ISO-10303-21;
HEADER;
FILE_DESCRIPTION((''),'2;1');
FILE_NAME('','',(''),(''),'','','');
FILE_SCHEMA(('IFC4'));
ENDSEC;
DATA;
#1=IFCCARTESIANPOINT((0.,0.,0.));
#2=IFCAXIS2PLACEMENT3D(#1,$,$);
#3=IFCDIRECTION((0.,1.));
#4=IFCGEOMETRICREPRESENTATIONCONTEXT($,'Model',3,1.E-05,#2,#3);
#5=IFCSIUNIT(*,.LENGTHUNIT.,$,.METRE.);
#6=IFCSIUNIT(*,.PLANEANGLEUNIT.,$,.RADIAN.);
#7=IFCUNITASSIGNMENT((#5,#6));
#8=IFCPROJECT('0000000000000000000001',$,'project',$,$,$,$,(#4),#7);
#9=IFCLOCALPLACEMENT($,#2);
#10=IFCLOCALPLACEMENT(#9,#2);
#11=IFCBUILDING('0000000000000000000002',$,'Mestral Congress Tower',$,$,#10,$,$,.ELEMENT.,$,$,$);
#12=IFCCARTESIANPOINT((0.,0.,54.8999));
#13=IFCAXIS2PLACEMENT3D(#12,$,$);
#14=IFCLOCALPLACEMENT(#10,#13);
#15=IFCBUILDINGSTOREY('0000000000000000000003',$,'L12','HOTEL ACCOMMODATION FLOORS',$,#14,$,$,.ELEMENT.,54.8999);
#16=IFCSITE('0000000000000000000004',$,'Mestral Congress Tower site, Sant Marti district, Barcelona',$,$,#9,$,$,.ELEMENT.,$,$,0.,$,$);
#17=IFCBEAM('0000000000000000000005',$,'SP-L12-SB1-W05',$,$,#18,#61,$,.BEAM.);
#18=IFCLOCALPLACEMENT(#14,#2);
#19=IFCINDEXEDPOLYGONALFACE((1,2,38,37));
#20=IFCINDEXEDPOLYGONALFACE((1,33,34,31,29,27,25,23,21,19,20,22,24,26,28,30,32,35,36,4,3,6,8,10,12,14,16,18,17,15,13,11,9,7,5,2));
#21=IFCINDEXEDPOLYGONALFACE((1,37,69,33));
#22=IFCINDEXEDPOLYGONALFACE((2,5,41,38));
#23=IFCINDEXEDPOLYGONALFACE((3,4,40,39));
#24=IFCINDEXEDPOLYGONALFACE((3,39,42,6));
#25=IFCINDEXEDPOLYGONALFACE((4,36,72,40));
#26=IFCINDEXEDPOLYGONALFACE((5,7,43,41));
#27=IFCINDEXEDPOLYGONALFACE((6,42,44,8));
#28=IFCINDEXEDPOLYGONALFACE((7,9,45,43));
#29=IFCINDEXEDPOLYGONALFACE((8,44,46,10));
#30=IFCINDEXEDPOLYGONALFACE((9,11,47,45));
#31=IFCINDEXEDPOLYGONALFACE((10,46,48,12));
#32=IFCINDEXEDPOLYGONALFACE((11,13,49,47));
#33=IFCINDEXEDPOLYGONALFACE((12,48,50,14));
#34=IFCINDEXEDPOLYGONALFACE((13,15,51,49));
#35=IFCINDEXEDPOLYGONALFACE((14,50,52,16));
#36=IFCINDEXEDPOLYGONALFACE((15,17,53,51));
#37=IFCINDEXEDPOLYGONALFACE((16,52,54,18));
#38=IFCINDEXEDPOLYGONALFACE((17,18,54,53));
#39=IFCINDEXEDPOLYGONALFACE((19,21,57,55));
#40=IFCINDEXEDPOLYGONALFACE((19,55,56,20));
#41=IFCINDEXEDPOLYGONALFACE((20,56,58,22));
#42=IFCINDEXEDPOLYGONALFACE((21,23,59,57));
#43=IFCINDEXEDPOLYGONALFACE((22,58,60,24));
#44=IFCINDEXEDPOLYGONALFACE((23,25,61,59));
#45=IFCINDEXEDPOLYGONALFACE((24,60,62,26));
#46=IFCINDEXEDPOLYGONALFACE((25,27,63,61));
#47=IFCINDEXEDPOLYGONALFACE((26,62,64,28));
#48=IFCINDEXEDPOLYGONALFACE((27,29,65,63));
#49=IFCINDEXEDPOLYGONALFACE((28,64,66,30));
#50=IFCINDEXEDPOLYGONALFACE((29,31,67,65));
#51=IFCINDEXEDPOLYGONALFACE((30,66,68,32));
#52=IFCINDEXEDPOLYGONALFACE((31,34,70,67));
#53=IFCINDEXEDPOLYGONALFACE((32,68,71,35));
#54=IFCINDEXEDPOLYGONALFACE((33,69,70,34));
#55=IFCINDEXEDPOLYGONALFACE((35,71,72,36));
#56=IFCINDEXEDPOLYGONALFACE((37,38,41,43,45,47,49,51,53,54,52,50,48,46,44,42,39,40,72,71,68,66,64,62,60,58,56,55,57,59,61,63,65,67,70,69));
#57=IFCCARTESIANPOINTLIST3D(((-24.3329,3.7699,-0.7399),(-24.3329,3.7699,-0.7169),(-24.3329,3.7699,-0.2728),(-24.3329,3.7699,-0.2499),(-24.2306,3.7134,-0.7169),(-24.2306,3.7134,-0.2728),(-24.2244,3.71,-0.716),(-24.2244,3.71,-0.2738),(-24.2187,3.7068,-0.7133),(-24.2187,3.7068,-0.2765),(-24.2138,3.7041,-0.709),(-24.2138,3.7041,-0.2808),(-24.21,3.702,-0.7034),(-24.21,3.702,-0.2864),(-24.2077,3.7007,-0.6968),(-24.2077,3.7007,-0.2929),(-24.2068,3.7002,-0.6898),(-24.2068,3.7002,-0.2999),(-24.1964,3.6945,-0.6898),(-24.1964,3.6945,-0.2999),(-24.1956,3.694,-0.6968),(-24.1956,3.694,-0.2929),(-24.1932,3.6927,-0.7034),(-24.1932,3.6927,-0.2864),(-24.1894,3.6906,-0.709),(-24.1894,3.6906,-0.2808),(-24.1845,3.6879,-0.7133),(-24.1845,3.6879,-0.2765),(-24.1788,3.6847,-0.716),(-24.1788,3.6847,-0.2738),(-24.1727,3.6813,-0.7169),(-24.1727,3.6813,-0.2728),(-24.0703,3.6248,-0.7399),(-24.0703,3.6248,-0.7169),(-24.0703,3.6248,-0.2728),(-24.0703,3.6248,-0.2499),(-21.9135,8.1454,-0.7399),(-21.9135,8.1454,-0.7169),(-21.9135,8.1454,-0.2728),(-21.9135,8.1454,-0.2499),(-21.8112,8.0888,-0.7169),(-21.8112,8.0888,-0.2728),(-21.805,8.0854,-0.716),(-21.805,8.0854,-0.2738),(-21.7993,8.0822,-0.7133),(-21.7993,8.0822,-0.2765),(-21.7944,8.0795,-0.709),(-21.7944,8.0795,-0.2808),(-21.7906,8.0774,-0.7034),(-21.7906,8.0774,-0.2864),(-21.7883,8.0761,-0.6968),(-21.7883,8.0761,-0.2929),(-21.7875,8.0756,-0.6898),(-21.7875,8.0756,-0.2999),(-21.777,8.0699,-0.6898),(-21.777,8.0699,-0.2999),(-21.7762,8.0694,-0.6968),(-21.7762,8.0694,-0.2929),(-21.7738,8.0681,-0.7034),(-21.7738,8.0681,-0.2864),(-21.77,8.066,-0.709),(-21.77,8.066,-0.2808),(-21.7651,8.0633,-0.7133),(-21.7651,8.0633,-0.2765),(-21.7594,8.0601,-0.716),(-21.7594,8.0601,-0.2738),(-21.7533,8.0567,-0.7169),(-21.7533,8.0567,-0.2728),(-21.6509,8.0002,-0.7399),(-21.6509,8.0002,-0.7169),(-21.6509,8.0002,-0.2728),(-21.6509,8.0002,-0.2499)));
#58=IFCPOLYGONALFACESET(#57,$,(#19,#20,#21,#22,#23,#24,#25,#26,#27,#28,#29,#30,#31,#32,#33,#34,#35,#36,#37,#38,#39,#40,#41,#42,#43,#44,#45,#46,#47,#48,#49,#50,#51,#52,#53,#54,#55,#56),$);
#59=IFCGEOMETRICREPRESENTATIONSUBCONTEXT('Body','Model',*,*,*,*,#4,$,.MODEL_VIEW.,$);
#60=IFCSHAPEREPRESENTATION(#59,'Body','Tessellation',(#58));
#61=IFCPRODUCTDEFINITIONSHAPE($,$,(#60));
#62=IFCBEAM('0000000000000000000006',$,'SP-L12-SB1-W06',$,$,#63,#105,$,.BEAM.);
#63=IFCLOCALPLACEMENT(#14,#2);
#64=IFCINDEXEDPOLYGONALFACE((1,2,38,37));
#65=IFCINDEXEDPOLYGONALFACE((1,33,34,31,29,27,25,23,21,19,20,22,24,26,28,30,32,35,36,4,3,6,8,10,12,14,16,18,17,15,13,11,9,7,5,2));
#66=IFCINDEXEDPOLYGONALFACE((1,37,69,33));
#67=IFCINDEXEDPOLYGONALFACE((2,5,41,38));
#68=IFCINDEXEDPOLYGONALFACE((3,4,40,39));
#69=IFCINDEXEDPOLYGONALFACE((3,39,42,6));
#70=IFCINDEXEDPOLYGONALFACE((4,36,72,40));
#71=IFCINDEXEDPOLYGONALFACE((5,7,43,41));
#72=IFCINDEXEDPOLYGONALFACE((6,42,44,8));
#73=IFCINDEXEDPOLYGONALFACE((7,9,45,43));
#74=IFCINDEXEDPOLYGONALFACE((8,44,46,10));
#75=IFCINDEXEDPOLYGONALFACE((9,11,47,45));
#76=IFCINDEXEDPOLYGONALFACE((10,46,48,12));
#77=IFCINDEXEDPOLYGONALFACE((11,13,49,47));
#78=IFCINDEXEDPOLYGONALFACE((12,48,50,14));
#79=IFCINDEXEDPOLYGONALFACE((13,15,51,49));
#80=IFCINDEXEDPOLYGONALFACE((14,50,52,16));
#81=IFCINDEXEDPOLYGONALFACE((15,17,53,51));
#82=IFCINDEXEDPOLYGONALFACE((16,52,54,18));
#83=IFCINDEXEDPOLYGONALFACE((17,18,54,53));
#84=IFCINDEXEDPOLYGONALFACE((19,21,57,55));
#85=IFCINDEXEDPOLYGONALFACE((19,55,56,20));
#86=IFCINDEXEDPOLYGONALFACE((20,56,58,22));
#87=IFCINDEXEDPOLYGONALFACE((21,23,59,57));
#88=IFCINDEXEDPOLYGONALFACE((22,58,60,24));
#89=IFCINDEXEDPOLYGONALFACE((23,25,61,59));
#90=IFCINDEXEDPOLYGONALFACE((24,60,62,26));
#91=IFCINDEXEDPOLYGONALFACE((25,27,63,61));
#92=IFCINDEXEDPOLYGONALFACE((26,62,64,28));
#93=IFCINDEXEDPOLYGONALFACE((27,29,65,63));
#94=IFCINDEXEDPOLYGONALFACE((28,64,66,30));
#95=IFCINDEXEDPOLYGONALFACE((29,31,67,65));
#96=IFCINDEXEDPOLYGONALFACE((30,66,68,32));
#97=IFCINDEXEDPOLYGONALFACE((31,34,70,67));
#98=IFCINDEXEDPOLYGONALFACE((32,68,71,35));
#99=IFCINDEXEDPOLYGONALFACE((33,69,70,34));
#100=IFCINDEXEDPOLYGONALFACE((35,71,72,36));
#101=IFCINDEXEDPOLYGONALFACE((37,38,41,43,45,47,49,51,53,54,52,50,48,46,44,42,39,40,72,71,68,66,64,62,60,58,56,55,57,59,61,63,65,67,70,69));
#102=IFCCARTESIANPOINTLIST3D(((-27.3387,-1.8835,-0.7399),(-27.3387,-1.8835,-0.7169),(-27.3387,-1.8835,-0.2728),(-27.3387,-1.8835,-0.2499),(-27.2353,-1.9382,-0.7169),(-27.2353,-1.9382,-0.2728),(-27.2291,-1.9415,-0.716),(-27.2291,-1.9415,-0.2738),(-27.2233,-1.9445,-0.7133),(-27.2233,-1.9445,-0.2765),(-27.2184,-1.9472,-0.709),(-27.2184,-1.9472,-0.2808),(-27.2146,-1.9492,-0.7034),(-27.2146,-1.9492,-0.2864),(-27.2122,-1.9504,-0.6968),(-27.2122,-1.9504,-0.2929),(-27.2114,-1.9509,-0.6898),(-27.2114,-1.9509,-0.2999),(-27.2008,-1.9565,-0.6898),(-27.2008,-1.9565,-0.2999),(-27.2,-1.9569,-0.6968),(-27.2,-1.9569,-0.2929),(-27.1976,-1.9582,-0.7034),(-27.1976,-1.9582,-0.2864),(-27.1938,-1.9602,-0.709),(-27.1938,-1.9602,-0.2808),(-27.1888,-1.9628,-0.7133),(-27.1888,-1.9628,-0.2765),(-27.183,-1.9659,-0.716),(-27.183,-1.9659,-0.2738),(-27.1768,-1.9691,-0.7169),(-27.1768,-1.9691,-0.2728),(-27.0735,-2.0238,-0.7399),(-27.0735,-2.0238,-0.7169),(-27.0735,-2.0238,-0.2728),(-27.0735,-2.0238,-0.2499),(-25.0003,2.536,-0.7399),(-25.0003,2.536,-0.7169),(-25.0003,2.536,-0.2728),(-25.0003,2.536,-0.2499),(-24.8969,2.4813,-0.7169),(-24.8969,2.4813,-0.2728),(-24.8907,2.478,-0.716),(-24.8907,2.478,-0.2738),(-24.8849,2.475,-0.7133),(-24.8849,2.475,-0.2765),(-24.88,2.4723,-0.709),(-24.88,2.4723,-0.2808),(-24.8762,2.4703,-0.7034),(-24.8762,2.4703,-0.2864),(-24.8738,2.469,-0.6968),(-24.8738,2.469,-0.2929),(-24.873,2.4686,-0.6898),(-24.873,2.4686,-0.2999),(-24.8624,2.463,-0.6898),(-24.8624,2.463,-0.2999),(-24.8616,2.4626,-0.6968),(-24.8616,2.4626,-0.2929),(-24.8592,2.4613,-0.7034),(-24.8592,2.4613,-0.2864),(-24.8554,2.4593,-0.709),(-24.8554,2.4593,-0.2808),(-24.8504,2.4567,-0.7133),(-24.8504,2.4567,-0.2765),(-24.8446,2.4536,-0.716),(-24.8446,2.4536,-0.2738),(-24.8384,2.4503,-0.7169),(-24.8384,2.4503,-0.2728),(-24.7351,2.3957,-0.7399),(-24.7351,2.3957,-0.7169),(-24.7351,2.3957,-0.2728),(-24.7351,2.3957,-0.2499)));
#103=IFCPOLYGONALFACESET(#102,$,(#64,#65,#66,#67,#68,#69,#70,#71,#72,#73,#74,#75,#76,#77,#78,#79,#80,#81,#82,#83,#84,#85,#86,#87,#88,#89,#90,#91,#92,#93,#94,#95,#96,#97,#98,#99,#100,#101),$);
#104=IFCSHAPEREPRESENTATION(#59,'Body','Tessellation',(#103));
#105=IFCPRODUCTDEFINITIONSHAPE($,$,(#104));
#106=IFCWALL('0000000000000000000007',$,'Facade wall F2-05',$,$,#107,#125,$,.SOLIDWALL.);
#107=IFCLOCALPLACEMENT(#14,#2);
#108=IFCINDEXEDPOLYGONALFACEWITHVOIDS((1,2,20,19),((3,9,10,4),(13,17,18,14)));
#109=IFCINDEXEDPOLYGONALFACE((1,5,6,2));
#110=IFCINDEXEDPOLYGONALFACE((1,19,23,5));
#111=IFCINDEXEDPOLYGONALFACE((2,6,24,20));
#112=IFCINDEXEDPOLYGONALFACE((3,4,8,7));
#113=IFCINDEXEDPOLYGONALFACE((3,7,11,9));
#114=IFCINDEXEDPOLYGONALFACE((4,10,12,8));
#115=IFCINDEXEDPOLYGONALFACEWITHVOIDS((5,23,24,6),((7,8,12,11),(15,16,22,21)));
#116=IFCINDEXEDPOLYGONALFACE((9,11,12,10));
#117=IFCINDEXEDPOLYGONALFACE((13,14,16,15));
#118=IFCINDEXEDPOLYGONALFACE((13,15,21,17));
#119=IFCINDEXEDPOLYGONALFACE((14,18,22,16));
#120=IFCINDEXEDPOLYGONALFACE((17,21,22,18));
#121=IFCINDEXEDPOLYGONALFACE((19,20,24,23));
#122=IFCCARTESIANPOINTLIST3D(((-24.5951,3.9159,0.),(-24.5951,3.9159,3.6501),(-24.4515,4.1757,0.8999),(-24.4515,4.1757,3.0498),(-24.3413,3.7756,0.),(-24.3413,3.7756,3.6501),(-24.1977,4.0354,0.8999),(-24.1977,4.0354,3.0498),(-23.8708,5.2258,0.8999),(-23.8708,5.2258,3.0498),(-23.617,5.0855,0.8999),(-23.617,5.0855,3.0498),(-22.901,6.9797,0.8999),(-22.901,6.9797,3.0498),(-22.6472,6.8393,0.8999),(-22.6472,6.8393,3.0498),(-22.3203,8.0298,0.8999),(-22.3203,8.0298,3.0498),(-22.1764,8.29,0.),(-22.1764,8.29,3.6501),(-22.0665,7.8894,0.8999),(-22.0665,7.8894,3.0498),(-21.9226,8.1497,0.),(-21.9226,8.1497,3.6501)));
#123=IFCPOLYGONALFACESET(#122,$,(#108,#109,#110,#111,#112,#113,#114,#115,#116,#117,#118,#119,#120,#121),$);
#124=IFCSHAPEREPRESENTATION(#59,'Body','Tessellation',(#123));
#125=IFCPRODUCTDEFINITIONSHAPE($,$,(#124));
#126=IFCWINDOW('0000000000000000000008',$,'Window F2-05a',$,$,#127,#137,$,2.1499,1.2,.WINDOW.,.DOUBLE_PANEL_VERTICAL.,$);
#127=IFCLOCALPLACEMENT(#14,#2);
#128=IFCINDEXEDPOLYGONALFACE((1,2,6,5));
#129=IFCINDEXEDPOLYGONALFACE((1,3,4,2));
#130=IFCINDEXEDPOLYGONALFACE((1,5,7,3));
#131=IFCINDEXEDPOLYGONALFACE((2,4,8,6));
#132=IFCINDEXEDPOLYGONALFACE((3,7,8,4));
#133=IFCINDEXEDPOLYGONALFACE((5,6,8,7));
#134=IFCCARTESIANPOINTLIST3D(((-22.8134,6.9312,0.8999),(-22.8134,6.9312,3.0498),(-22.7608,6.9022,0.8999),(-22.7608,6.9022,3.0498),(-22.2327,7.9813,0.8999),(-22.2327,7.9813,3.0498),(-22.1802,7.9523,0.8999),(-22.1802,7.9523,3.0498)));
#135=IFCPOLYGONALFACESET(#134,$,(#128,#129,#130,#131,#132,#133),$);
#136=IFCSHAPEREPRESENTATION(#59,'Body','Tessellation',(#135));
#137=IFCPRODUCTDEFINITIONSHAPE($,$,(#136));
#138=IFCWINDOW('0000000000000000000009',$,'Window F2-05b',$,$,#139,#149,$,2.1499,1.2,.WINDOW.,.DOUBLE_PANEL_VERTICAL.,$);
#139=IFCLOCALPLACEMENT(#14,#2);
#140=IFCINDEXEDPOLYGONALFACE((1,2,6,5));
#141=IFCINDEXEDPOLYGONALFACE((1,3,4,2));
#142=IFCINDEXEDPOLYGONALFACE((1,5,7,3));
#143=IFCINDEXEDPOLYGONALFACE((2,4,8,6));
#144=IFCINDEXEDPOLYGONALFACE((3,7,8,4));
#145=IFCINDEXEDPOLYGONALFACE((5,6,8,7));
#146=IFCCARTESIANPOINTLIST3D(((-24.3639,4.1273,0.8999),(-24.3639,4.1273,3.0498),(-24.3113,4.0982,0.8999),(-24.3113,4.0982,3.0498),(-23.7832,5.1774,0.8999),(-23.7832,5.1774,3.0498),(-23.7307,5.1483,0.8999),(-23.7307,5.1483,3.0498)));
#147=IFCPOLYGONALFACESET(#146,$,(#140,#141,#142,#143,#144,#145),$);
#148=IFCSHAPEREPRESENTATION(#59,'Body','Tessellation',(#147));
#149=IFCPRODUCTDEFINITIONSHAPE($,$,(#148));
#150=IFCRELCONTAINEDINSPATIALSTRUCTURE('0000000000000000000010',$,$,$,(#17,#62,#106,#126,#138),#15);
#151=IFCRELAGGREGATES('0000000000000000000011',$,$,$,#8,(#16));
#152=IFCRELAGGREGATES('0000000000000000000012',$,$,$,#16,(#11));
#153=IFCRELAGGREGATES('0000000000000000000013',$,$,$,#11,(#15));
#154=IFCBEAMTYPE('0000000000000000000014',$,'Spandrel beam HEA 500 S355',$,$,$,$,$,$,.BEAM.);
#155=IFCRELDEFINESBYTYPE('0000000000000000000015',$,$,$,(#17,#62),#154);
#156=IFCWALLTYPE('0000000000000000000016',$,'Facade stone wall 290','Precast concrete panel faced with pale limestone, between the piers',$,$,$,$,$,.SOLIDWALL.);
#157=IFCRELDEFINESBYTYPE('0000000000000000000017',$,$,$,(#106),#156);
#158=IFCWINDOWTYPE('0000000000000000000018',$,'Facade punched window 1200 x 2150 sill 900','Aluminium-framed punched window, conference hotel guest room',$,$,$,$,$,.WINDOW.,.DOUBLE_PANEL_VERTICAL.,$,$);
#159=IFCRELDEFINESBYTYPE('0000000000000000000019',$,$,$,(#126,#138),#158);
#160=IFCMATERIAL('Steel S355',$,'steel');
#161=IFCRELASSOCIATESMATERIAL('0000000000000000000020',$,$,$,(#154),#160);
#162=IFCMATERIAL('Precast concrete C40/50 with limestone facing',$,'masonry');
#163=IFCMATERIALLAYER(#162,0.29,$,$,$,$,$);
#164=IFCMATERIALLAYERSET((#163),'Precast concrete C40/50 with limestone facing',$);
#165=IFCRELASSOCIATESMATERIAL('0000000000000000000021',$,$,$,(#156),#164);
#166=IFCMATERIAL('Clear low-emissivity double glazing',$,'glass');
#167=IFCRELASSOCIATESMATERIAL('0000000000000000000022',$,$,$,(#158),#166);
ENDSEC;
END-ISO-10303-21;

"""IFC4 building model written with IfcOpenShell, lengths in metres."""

from ifc_helpers import new_model, si_unit, direction, frame, frame_2d, origin, origin_2d, place, context, subcontext, project, spatial, rectangle, i_section, extrude, material, layer, layer_set, material_profile, profile_set, type_object, element, fill, save


model = new_model("IFC4")

# Units and contexts
model_context = context("Model", 3, precision=1e-05, world=origin(), true_north=direction((0.0, 1.0)))
body_context = subcontext(model_context, "Body", "Model", "MODEL_VIEW")
ifc_project = project(units=[si_unit("LENGTHUNIT", "METRE"), si_unit("PLANEANGLEUNIT", "RADIAN")], contexts=[model_context])

# Site, building, storey
site_placement = place(None, origin())
site = spatial("IfcSite", under=ifc_project, at=site_placement, Name="Mestral Congress Tower site, Sant Marti district, Barcelona", CompositionType="ELEMENT", RefElevation=0.0)
building_placement = place(site_placement, origin())
building = spatial("IfcBuilding", under=site, at=building_placement, Name="Mestral Congress Tower", CompositionType="ELEMENT")
storey_placement = place(building_placement, frame((0.0, 0.0, 54.8999)))
storey = spatial("IfcBuildingStorey", under=building, at=storey_placement, Name="L12", Description="HOTEL ACCOMMODATION FLOORS", CompositionType="ELEMENT", Elevation=54.8999)

# Beams
ifc_material_1 = material(Name="Steel S355", Category="steel")
ifc_material_profile_1 = material_profile(ifc_material_1, i_section(OverallWidth=0.3, OverallDepth=0.49, WebThickness=0.012, FlangeThickness=0.0229, FilletRadius=0.0271, at=origin_2d()), Name="HEA 500")
ifc_profile_set_1 = profile_set([ifc_material_profile_1], Name="Steel S355")
beam_type_1 = type_object("IfcBeamType", Name="Spandrel beam HEA 500 S355", PredefinedType="BEAM", material=ifc_profile_set_1)
beam_1_placement = place(storey_placement, frame((-21.7822, 8.0728, -0.4949), z_axis=(-0.483901, -0.875123, 0.0), x_axis=(0.875123, -0.483901, 0.0)))
element("IfcBeam", 1, at=beam_1_placement, inside=storey, type_object=beam_type_1, Name="SP-L12-SB1-W05", PredefinedType="BEAM", context=body_context, shape_type="SweptSolid", body=[
    extrude(i_section(OverallWidth=0.3, OverallDepth=0.49, WebThickness=0.012, FlangeThickness=0.0229, FilletRadius=0.0271, at=origin_2d()), origin(), (0.0, 0.0, 1.0), 4.9998),
])
beam_2_placement = place(storey_placement, frame((-24.8677, 2.4658, -0.4949), z_axis=(-0.467681, -0.883897, 0.0), x_axis=(0.883897, -0.467681, 0.0)))
element("IfcBeam", 2, at=beam_2_placement, inside=storey, type_object=beam_type_1, Name="SP-L12-SB1-W06", PredefinedType="BEAM", context=body_context, shape_type="SweptSolid", body=[
    extrude(i_section(OverallWidth=0.3, OverallDepth=0.49, WebThickness=0.012, FlangeThickness=0.0229, FilletRadius=0.0271, at=origin_2d()), origin(), (0.0, 0.0, 1.0), 5.0),
])

# Wall, openings, windows
ifc_material_2 = material(Name="Precast concrete C40/50 with limestone facing", Category="masonry")
ifc_layer_1 = layer(ifc_material_2, 0.29)
ifc_layer_set_1 = layer_set([ifc_layer_1], Name="Precast concrete C40/50 with limestone facing")
wall_type_1 = type_object("IfcWallType", Name="Facade stone wall 290", Description="Precast concrete panel faced with pale limestone, between the piers", PredefinedType="SOLIDWALL", material=ifc_layer_set_1)
wall_1_placement = place(storey_placement, frame((-22.0496, 8.2197, 0.0), z_axis=(0.0, 0.0, 1.0), x_axis=(-0.483913, -0.875116, 0.0)))
wall_1 = element("IfcWall", 3, at=wall_1_placement, inside=storey, type_object=wall_type_1, Name="Facade wall F2-05", PredefinedType="SOLIDWALL", context=body_context, shape_type="SweptSolid", body=[
    extrude(rectangle(XDim=4.9983, YDim=0.29, at=frame_2d((2.499, 0.0))), origin(), (0.0, 0.0, 1.0), 3.6501),
])
opening_1_placement = place(wall_1_placement, frame((0.2971, 0.0, 0.8999)))
opening_1 = element("IfcOpeningElement", 4, at=opening_1_placement, cuts=wall_1, PredefinedType="OPENING", context=body_context, shape_type="SweptSolid", body=[
    extrude(rectangle(XDim=1.2, YDim=2.1499, at=frame_2d((0.6001, 1.075))), frame((0.0, 0.155, 0.0), z_axis=(0.0, -1.0, 0.0), x_axis=(1.0, 0.0, 0.0)), (0.0, 0.0, 1.0), 0.3101),
])
opening_2_placement = place(wall_1_placement, frame((3.5012, 0.0, 0.8999)))
opening_2 = element("IfcOpeningElement", 5, at=opening_2_placement, cuts=wall_1, PredefinedType="OPENING", context=body_context, shape_type="SweptSolid", body=[
    extrude(rectangle(XDim=1.2, YDim=2.1499, at=frame_2d((0.6001, 1.075))), frame((0.0, 0.155, 0.0), z_axis=(0.0, -1.0, 0.0), x_axis=(1.0, 0.0, 0.0)), (0.0, 0.0, 1.0), 0.3101),
])
ifc_material_3 = material(Name="Clear low-emissivity double glazing", Category="glass")
window_type = type_object("IfcWindowType", Name="Facade punched window 1200 x 2150 sill 900", Description="Aluminium-framed punched window, conference hotel guest room", PartitioningType="DOUBLE_PANEL_VERTICAL", PredefinedType="WINDOW", material=ifc_material_3)
window_1_placement = place(opening_1_placement, origin())
window_1 = element("IfcWindow", 6, at=window_1_placement, inside=storey, type_object=window_type, Name="Window F2-05a", OverallHeight=2.1499, OverallWidth=1.2, PartitioningType="DOUBLE_PANEL_VERTICAL", PredefinedType="WINDOW", context=body_context, shape_type="SweptSolid", body=[
    extrude(rectangle(XDim=1.2, YDim=2.1499, at=frame_2d((0.6001, 1.075))), frame((0.0, 0.0151, 0.0), z_axis=(0.0, -1.0, 0.0), x_axis=(1.0, 0.0, 0.0)), (0.0, 0.0, 1.0), 0.0601),
])
fill(opening_1, window_1)
window_2_placement = place(opening_2_placement, origin())
window_2 = element("IfcWindow", 7, at=window_2_placement, inside=storey, type_object=window_type, Name="Window F2-05b", OverallHeight=2.1499, OverallWidth=1.2, PartitioningType="DOUBLE_PANEL_VERTICAL", PredefinedType="WINDOW", context=body_context, shape_type="SweptSolid", body=[
    extrude(rectangle(XDim=1.2, YDim=2.1499, at=frame_2d((0.6001, 1.075))), frame((0.0, 0.0151, 0.0), z_axis=(0.0, -1.0, 0.0), x_axis=(1.0, 0.0, 0.0)), (0.0, 0.0, 1.0), 0.0601),
])
fill(opening_2, window_2)

save(model, "model.ifc")
